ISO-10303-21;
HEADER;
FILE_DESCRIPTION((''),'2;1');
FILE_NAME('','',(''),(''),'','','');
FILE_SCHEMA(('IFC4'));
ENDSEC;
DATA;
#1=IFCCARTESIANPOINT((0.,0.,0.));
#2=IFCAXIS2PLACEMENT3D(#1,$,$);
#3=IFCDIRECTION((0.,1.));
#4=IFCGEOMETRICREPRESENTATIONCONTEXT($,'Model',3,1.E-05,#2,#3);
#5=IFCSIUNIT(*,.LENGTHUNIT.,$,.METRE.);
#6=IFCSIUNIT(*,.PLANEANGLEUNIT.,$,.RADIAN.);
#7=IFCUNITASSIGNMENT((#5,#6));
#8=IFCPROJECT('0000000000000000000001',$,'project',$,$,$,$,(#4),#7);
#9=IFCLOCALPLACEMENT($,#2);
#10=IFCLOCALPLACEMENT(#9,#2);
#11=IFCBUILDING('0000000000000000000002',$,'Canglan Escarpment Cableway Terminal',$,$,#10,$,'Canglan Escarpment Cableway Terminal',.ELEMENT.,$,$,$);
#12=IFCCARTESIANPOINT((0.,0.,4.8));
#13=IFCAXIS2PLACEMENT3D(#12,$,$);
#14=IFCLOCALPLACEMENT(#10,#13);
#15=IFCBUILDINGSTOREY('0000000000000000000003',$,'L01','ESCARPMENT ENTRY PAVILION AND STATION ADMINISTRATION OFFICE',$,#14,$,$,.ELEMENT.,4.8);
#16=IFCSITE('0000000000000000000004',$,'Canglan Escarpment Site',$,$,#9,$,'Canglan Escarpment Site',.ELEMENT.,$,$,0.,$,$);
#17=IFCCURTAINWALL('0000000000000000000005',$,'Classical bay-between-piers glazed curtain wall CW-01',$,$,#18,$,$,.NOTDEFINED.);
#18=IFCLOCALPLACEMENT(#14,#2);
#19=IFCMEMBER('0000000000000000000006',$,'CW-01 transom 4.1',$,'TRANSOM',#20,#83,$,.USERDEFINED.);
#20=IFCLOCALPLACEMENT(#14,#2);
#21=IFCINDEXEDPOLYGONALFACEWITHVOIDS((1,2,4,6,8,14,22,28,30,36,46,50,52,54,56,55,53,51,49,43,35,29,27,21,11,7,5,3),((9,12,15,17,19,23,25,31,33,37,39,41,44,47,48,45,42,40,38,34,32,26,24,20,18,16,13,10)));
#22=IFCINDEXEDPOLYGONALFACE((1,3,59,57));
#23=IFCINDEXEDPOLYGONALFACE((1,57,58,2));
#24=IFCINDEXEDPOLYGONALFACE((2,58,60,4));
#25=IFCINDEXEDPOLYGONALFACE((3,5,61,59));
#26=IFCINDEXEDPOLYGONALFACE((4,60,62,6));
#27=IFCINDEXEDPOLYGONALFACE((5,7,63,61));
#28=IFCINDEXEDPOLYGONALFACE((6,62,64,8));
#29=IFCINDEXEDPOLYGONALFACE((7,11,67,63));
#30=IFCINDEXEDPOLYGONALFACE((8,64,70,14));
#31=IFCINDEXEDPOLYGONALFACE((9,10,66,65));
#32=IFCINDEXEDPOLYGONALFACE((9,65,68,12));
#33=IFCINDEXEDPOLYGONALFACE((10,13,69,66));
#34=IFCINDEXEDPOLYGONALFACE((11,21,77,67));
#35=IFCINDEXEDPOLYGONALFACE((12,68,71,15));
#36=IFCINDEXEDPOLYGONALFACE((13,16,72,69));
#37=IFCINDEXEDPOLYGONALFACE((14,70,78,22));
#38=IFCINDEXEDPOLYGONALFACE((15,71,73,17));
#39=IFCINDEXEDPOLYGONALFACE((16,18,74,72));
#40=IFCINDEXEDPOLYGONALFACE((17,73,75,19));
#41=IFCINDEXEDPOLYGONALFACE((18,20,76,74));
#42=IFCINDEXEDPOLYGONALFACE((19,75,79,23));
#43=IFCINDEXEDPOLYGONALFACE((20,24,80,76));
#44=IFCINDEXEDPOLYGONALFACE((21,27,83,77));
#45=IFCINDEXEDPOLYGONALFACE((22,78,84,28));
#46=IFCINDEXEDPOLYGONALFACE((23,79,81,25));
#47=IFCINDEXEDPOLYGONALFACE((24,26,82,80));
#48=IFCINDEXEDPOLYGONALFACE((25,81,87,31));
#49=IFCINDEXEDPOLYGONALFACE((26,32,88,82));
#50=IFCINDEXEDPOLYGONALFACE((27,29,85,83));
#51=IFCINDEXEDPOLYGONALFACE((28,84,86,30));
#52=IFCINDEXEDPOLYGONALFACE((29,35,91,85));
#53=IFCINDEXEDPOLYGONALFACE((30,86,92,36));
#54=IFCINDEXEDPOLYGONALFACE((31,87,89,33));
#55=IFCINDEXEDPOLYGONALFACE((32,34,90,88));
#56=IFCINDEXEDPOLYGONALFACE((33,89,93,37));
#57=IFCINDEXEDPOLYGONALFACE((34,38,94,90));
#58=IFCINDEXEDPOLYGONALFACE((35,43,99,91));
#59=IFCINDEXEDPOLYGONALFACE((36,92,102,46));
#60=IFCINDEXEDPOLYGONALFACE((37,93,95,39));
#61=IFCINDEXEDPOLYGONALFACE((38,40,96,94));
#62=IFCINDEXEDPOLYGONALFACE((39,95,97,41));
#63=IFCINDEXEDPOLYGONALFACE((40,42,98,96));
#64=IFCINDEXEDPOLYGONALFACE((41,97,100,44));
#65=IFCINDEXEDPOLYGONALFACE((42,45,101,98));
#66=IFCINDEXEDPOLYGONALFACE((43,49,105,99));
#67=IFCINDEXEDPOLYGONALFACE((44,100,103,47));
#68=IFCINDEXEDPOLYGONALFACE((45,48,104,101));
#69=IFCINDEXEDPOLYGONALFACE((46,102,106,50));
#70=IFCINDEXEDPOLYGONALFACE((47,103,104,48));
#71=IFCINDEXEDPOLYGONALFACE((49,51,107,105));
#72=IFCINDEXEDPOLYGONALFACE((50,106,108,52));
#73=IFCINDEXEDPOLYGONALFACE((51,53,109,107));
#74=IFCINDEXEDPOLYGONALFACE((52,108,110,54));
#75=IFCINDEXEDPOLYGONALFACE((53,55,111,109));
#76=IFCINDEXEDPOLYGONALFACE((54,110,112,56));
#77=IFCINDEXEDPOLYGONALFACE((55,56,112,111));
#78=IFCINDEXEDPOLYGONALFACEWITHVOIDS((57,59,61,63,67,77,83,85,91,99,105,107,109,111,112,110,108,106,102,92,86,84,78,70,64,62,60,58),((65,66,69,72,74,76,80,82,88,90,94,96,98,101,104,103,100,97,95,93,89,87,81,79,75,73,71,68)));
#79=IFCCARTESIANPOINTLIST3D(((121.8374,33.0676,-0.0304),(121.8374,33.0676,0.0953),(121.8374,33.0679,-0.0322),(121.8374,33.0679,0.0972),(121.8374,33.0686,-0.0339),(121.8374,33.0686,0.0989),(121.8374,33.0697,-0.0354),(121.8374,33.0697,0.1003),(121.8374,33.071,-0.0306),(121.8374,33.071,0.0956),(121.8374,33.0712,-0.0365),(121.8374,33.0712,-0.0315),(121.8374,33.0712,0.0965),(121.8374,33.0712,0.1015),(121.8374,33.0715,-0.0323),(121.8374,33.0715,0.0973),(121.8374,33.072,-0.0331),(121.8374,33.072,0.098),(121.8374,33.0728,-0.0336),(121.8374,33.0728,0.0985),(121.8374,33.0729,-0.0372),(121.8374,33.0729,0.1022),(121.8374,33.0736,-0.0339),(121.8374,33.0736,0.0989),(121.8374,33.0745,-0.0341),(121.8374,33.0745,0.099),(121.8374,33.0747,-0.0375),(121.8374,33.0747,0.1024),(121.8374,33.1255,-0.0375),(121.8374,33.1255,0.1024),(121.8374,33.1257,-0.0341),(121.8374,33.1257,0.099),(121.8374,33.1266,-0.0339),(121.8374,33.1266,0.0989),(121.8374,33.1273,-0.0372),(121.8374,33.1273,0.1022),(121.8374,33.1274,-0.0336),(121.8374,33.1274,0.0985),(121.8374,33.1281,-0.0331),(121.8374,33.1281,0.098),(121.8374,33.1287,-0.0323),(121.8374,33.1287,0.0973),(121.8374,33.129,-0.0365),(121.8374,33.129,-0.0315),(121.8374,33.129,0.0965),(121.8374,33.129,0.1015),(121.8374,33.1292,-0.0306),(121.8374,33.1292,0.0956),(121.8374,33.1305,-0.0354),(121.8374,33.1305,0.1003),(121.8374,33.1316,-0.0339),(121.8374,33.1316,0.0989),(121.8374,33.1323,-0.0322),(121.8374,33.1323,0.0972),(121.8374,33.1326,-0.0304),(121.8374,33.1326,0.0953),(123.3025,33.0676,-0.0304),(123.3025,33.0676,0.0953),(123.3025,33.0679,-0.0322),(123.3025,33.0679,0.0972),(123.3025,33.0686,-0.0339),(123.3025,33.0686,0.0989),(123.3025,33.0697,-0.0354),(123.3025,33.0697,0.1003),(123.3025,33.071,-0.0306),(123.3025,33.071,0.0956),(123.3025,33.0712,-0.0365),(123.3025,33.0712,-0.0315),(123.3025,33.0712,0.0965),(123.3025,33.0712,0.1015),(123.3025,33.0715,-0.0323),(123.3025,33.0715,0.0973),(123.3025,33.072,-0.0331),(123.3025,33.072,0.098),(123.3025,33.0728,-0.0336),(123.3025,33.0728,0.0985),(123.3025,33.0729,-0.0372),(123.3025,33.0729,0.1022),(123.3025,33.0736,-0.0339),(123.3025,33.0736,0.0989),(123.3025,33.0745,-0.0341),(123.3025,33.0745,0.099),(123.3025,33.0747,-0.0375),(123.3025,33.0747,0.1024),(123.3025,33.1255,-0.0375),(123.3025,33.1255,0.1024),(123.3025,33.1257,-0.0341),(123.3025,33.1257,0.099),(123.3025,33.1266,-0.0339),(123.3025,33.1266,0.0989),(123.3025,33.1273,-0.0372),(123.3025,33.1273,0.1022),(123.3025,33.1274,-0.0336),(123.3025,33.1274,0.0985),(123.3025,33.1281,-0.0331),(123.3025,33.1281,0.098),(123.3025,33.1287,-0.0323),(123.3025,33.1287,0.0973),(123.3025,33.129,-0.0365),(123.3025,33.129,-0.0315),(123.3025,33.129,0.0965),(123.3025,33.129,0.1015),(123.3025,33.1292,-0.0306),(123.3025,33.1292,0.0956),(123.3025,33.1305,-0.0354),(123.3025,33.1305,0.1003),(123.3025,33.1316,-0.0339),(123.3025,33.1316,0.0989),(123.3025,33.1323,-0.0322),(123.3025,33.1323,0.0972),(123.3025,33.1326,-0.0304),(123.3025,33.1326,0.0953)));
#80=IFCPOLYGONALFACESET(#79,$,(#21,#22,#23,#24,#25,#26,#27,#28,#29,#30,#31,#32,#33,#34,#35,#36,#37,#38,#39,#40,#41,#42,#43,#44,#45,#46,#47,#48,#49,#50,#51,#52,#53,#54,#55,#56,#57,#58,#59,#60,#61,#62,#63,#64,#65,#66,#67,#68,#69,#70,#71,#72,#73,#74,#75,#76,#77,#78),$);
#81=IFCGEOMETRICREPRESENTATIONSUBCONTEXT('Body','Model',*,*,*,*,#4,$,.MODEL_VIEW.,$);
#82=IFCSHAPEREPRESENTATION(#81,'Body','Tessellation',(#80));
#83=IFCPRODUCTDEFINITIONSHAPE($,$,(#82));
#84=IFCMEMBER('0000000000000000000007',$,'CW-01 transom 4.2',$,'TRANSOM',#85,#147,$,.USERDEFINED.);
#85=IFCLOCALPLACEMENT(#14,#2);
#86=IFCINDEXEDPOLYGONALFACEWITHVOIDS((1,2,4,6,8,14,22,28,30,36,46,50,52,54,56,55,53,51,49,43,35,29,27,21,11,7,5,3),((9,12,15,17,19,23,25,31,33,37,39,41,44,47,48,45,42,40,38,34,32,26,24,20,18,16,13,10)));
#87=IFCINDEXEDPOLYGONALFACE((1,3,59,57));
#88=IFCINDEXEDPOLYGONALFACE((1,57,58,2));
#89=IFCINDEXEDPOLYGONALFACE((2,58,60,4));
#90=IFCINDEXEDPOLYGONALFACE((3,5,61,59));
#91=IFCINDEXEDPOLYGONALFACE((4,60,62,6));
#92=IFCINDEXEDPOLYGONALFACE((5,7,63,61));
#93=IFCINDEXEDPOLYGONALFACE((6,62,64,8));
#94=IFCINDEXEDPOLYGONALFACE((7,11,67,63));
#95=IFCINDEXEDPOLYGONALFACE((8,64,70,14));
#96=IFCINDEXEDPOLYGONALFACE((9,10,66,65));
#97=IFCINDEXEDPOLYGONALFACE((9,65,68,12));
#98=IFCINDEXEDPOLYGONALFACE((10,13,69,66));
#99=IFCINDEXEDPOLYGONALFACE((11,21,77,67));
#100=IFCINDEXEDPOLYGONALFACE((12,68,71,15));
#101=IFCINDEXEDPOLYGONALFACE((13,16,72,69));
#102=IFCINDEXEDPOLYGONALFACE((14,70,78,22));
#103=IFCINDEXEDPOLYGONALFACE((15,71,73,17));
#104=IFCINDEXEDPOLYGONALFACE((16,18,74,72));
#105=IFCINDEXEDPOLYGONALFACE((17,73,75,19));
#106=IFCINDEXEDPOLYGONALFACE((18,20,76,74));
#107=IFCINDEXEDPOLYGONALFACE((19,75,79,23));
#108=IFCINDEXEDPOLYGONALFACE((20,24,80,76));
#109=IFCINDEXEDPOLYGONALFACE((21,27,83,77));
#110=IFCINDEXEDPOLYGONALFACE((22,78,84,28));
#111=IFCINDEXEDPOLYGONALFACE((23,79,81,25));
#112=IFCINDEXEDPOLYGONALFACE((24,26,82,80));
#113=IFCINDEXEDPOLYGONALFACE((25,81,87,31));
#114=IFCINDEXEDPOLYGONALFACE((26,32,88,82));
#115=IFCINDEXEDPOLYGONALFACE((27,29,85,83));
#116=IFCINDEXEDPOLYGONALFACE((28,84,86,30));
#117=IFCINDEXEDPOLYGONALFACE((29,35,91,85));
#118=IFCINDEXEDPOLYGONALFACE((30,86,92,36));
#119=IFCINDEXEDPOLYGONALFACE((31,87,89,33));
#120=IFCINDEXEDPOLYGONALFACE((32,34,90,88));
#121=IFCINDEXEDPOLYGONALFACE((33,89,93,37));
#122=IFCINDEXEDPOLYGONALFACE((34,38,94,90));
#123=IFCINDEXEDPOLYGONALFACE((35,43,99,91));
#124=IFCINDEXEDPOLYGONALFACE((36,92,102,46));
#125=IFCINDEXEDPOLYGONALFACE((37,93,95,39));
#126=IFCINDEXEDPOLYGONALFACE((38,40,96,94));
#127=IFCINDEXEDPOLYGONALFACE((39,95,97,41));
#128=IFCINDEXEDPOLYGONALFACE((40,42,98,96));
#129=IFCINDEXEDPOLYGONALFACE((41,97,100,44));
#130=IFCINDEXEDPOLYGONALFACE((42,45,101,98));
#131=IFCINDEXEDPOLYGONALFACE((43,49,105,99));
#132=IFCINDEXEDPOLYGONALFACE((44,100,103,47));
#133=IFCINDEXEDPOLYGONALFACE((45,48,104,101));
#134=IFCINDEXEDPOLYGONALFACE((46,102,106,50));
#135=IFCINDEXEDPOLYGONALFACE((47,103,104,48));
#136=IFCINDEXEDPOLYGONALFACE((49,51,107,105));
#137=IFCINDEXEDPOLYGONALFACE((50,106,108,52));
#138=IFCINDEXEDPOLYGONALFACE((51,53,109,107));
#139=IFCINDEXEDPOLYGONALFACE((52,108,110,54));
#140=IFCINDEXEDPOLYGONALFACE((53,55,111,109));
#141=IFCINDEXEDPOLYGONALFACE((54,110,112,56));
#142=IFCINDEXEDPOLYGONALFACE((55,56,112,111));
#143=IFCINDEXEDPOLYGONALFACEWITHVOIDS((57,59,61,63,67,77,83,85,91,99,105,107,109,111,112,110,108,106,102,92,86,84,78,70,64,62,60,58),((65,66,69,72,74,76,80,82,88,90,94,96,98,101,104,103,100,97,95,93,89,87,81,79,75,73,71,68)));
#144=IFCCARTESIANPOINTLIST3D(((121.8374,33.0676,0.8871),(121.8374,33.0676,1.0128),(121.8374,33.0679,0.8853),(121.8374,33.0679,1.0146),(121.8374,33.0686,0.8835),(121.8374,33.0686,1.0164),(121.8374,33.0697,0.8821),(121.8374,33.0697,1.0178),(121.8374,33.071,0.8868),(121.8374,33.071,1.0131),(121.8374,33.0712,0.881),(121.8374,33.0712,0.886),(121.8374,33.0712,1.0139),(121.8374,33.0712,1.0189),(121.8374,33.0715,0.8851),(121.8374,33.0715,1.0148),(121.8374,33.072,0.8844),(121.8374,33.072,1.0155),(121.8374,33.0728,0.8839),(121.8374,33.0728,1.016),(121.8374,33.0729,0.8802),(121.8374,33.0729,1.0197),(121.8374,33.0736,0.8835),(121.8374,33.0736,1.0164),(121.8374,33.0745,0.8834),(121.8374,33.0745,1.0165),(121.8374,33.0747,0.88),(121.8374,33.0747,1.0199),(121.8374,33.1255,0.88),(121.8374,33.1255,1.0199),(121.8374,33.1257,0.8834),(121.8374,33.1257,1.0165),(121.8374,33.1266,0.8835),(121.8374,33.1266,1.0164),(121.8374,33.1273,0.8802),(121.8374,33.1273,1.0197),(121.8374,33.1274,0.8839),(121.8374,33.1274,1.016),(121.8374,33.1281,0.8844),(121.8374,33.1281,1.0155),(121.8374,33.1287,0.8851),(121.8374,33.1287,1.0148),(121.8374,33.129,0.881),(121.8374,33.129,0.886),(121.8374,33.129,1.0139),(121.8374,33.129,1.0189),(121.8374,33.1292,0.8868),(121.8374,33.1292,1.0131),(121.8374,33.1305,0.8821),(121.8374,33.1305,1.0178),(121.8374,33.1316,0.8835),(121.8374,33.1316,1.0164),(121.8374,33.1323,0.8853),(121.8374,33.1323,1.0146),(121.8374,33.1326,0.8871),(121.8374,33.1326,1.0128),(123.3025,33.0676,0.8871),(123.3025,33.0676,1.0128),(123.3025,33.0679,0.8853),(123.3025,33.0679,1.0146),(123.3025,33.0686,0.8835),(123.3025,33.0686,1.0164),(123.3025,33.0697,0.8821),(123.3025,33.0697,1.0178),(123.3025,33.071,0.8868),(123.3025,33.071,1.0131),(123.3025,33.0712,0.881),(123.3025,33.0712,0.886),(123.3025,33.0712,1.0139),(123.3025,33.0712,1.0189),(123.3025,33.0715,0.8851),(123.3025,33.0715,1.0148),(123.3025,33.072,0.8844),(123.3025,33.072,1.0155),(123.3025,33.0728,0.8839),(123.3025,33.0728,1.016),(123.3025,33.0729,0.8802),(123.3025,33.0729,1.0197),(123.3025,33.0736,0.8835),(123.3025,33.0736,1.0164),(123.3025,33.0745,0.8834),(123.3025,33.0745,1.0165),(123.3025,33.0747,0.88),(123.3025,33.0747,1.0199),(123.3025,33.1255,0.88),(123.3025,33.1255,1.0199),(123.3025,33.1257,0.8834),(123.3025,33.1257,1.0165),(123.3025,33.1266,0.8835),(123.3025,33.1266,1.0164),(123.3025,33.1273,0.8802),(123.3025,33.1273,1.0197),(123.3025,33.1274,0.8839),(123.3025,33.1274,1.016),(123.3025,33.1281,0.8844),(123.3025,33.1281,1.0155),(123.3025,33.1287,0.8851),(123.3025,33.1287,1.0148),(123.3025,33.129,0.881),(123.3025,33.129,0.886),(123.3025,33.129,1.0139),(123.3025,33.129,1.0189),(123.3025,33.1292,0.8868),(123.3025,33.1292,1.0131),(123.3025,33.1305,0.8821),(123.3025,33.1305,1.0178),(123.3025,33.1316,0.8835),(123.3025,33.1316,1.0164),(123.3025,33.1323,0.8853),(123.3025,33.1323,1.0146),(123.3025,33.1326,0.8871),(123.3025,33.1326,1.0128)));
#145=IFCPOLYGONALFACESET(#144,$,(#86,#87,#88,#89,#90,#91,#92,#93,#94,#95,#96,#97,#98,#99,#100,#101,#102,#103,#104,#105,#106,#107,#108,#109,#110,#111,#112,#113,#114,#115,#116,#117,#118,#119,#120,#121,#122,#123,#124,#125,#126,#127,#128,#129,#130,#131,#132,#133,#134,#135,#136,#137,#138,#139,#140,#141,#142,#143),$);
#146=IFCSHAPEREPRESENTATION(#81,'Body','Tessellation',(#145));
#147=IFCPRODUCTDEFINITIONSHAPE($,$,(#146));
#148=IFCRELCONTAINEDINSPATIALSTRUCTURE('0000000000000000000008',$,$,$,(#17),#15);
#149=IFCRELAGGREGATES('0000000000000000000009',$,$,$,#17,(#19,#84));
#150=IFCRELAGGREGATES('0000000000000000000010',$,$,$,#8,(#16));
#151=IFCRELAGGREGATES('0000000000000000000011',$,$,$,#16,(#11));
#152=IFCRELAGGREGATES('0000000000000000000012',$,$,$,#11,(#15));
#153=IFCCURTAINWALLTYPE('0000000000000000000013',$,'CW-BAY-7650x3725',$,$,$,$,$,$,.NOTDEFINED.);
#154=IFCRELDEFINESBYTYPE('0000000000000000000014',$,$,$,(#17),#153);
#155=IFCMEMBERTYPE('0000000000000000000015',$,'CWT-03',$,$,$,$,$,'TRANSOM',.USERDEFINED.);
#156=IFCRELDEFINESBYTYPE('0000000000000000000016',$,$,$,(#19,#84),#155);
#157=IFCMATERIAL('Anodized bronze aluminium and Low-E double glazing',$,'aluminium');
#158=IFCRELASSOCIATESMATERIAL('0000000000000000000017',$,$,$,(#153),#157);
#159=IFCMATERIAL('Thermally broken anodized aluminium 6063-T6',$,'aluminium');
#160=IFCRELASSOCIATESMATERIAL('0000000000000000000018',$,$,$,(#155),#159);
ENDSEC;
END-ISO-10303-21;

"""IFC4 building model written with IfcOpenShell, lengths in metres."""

from ifc_helpers import new_model, si_unit, direction, frame, origin, origin_2d, place, context, subcontext, project, spatial, hollow_rectangle, extrude, material, material_profile, profile_set, type_object, element, aggregate, save


model = new_model("IFC4")

# Units and contexts
model_context = context("Model", 3, precision=1e-05, world=origin(), true_north=direction((0.0, 1.0)))
body_context = subcontext(model_context, "Body", "Model", "MODEL_VIEW")
ifc_project = project(units=[si_unit("LENGTHUNIT", "METRE"), si_unit("PLANEANGLEUNIT", "RADIAN")], contexts=[model_context])

# Site, building, storey
site_placement = place(None, origin())
site = spatial("IfcSite", under=ifc_project, at=site_placement, Name="Canglan Escarpment Site", LongName="Canglan Escarpment Site", CompositionType="ELEMENT", RefElevation=0.0)
building_placement = place(site_placement, origin())
building = spatial("IfcBuilding", under=site, at=building_placement, Name="Canglan Escarpment Cableway Terminal", LongName="Canglan Escarpment Cableway Terminal", CompositionType="ELEMENT")
storey_placement = place(building_placement, frame((0.0, 0.0, 4.8)))
storey = spatial("IfcBuildingStorey", under=building, at=storey_placement, Name="L01", Description="ESCARPMENT ENTRY PAVILION AND STATION ADMINISTRATION OFFICE", CompositionType="ELEMENT", Elevation=4.8)

# Curtain wall, members
ifc_material_1 = material(Name="Anodized bronze aluminium and Low-E double glazing", Category="aluminium")
curtain_wall_type = type_object("IfcCurtainWallType", Name="CW-BAY-7650x3725", PredefinedType="NOTDEFINED", material=ifc_material_1)
curtain_wall_placement = place(storey_placement, origin())
curtain_wall = element("IfcCurtainWall", 1, at=curtain_wall_placement, inside=storey, type_object=curtain_wall_type, Name="Classical bay-between-piers glazed curtain wall CW-01", PredefinedType="NOTDEFINED")
ifc_material_2 = material(Name="Thermally broken anodized aluminium 6063-T6", Category="aluminium")
ifc_material_profile_1 = material_profile(ifc_material_2, hollow_rectangle(XDim=0.0649, YDim=0.1399, WallThickness=0.0034, InnerFilletRadius=0.0034, OuterFilletRadius=0.0071, at=origin_2d()), Name="ALU-TRAN 65x140x3.5")
ifc_profile_set_1 = profile_set([ifc_material_profile_1], Name="Thermally broken anodized aluminium 6063-T6")
member_type_1 = type_object("IfcMemberType", Name="CWT-03", ElementType="TRANSOM", PredefinedType="USERDEFINED", material=ifc_profile_set_1)
member_1_placement = place(storey_placement, frame((123.3025, 33.1001, 0.0325), z_axis=(-1.0, 0.0, 0.0), x_axis=(0.0, -1.0, 0.0)))
member_1 = element("IfcMember", 2, at=member_1_placement, type_object=member_type_1, Name="CW-01 transom 4.1", ObjectType="TRANSOM", PredefinedType="USERDEFINED", context=body_context, shape_type="SweptSolid", body=[
    extrude(hollow_rectangle(XDim=0.0649, YDim=0.1399, WallThickness=0.0034, InnerFilletRadius=0.0034, OuterFilletRadius=0.0071, at=origin_2d()), origin(), (0.0, 0.0, 1.0), 1.4651),
])
member_2_placement = place(storey_placement, frame((123.3025, 33.1001, 0.95), z_axis=(-1.0, 0.0, 0.0), x_axis=(0.0, -1.0, 0.0)))
member_2 = element("IfcMember", 3, at=member_2_placement, type_object=member_type_1, Name="CW-01 transom 4.2", ObjectType="TRANSOM", PredefinedType="USERDEFINED", context=body_context, shape_type="SweptSolid", body=[
    extrude(hollow_rectangle(XDim=0.0649, YDim=0.1399, WallThickness=0.0034, InnerFilletRadius=0.0034, OuterFilletRadius=0.0071, at=origin_2d()), origin(), (0.0, 0.0, 1.0), 1.4651),
])
aggregate(curtain_wall, [member_1, member_2])

save(model, "model.ifc")
